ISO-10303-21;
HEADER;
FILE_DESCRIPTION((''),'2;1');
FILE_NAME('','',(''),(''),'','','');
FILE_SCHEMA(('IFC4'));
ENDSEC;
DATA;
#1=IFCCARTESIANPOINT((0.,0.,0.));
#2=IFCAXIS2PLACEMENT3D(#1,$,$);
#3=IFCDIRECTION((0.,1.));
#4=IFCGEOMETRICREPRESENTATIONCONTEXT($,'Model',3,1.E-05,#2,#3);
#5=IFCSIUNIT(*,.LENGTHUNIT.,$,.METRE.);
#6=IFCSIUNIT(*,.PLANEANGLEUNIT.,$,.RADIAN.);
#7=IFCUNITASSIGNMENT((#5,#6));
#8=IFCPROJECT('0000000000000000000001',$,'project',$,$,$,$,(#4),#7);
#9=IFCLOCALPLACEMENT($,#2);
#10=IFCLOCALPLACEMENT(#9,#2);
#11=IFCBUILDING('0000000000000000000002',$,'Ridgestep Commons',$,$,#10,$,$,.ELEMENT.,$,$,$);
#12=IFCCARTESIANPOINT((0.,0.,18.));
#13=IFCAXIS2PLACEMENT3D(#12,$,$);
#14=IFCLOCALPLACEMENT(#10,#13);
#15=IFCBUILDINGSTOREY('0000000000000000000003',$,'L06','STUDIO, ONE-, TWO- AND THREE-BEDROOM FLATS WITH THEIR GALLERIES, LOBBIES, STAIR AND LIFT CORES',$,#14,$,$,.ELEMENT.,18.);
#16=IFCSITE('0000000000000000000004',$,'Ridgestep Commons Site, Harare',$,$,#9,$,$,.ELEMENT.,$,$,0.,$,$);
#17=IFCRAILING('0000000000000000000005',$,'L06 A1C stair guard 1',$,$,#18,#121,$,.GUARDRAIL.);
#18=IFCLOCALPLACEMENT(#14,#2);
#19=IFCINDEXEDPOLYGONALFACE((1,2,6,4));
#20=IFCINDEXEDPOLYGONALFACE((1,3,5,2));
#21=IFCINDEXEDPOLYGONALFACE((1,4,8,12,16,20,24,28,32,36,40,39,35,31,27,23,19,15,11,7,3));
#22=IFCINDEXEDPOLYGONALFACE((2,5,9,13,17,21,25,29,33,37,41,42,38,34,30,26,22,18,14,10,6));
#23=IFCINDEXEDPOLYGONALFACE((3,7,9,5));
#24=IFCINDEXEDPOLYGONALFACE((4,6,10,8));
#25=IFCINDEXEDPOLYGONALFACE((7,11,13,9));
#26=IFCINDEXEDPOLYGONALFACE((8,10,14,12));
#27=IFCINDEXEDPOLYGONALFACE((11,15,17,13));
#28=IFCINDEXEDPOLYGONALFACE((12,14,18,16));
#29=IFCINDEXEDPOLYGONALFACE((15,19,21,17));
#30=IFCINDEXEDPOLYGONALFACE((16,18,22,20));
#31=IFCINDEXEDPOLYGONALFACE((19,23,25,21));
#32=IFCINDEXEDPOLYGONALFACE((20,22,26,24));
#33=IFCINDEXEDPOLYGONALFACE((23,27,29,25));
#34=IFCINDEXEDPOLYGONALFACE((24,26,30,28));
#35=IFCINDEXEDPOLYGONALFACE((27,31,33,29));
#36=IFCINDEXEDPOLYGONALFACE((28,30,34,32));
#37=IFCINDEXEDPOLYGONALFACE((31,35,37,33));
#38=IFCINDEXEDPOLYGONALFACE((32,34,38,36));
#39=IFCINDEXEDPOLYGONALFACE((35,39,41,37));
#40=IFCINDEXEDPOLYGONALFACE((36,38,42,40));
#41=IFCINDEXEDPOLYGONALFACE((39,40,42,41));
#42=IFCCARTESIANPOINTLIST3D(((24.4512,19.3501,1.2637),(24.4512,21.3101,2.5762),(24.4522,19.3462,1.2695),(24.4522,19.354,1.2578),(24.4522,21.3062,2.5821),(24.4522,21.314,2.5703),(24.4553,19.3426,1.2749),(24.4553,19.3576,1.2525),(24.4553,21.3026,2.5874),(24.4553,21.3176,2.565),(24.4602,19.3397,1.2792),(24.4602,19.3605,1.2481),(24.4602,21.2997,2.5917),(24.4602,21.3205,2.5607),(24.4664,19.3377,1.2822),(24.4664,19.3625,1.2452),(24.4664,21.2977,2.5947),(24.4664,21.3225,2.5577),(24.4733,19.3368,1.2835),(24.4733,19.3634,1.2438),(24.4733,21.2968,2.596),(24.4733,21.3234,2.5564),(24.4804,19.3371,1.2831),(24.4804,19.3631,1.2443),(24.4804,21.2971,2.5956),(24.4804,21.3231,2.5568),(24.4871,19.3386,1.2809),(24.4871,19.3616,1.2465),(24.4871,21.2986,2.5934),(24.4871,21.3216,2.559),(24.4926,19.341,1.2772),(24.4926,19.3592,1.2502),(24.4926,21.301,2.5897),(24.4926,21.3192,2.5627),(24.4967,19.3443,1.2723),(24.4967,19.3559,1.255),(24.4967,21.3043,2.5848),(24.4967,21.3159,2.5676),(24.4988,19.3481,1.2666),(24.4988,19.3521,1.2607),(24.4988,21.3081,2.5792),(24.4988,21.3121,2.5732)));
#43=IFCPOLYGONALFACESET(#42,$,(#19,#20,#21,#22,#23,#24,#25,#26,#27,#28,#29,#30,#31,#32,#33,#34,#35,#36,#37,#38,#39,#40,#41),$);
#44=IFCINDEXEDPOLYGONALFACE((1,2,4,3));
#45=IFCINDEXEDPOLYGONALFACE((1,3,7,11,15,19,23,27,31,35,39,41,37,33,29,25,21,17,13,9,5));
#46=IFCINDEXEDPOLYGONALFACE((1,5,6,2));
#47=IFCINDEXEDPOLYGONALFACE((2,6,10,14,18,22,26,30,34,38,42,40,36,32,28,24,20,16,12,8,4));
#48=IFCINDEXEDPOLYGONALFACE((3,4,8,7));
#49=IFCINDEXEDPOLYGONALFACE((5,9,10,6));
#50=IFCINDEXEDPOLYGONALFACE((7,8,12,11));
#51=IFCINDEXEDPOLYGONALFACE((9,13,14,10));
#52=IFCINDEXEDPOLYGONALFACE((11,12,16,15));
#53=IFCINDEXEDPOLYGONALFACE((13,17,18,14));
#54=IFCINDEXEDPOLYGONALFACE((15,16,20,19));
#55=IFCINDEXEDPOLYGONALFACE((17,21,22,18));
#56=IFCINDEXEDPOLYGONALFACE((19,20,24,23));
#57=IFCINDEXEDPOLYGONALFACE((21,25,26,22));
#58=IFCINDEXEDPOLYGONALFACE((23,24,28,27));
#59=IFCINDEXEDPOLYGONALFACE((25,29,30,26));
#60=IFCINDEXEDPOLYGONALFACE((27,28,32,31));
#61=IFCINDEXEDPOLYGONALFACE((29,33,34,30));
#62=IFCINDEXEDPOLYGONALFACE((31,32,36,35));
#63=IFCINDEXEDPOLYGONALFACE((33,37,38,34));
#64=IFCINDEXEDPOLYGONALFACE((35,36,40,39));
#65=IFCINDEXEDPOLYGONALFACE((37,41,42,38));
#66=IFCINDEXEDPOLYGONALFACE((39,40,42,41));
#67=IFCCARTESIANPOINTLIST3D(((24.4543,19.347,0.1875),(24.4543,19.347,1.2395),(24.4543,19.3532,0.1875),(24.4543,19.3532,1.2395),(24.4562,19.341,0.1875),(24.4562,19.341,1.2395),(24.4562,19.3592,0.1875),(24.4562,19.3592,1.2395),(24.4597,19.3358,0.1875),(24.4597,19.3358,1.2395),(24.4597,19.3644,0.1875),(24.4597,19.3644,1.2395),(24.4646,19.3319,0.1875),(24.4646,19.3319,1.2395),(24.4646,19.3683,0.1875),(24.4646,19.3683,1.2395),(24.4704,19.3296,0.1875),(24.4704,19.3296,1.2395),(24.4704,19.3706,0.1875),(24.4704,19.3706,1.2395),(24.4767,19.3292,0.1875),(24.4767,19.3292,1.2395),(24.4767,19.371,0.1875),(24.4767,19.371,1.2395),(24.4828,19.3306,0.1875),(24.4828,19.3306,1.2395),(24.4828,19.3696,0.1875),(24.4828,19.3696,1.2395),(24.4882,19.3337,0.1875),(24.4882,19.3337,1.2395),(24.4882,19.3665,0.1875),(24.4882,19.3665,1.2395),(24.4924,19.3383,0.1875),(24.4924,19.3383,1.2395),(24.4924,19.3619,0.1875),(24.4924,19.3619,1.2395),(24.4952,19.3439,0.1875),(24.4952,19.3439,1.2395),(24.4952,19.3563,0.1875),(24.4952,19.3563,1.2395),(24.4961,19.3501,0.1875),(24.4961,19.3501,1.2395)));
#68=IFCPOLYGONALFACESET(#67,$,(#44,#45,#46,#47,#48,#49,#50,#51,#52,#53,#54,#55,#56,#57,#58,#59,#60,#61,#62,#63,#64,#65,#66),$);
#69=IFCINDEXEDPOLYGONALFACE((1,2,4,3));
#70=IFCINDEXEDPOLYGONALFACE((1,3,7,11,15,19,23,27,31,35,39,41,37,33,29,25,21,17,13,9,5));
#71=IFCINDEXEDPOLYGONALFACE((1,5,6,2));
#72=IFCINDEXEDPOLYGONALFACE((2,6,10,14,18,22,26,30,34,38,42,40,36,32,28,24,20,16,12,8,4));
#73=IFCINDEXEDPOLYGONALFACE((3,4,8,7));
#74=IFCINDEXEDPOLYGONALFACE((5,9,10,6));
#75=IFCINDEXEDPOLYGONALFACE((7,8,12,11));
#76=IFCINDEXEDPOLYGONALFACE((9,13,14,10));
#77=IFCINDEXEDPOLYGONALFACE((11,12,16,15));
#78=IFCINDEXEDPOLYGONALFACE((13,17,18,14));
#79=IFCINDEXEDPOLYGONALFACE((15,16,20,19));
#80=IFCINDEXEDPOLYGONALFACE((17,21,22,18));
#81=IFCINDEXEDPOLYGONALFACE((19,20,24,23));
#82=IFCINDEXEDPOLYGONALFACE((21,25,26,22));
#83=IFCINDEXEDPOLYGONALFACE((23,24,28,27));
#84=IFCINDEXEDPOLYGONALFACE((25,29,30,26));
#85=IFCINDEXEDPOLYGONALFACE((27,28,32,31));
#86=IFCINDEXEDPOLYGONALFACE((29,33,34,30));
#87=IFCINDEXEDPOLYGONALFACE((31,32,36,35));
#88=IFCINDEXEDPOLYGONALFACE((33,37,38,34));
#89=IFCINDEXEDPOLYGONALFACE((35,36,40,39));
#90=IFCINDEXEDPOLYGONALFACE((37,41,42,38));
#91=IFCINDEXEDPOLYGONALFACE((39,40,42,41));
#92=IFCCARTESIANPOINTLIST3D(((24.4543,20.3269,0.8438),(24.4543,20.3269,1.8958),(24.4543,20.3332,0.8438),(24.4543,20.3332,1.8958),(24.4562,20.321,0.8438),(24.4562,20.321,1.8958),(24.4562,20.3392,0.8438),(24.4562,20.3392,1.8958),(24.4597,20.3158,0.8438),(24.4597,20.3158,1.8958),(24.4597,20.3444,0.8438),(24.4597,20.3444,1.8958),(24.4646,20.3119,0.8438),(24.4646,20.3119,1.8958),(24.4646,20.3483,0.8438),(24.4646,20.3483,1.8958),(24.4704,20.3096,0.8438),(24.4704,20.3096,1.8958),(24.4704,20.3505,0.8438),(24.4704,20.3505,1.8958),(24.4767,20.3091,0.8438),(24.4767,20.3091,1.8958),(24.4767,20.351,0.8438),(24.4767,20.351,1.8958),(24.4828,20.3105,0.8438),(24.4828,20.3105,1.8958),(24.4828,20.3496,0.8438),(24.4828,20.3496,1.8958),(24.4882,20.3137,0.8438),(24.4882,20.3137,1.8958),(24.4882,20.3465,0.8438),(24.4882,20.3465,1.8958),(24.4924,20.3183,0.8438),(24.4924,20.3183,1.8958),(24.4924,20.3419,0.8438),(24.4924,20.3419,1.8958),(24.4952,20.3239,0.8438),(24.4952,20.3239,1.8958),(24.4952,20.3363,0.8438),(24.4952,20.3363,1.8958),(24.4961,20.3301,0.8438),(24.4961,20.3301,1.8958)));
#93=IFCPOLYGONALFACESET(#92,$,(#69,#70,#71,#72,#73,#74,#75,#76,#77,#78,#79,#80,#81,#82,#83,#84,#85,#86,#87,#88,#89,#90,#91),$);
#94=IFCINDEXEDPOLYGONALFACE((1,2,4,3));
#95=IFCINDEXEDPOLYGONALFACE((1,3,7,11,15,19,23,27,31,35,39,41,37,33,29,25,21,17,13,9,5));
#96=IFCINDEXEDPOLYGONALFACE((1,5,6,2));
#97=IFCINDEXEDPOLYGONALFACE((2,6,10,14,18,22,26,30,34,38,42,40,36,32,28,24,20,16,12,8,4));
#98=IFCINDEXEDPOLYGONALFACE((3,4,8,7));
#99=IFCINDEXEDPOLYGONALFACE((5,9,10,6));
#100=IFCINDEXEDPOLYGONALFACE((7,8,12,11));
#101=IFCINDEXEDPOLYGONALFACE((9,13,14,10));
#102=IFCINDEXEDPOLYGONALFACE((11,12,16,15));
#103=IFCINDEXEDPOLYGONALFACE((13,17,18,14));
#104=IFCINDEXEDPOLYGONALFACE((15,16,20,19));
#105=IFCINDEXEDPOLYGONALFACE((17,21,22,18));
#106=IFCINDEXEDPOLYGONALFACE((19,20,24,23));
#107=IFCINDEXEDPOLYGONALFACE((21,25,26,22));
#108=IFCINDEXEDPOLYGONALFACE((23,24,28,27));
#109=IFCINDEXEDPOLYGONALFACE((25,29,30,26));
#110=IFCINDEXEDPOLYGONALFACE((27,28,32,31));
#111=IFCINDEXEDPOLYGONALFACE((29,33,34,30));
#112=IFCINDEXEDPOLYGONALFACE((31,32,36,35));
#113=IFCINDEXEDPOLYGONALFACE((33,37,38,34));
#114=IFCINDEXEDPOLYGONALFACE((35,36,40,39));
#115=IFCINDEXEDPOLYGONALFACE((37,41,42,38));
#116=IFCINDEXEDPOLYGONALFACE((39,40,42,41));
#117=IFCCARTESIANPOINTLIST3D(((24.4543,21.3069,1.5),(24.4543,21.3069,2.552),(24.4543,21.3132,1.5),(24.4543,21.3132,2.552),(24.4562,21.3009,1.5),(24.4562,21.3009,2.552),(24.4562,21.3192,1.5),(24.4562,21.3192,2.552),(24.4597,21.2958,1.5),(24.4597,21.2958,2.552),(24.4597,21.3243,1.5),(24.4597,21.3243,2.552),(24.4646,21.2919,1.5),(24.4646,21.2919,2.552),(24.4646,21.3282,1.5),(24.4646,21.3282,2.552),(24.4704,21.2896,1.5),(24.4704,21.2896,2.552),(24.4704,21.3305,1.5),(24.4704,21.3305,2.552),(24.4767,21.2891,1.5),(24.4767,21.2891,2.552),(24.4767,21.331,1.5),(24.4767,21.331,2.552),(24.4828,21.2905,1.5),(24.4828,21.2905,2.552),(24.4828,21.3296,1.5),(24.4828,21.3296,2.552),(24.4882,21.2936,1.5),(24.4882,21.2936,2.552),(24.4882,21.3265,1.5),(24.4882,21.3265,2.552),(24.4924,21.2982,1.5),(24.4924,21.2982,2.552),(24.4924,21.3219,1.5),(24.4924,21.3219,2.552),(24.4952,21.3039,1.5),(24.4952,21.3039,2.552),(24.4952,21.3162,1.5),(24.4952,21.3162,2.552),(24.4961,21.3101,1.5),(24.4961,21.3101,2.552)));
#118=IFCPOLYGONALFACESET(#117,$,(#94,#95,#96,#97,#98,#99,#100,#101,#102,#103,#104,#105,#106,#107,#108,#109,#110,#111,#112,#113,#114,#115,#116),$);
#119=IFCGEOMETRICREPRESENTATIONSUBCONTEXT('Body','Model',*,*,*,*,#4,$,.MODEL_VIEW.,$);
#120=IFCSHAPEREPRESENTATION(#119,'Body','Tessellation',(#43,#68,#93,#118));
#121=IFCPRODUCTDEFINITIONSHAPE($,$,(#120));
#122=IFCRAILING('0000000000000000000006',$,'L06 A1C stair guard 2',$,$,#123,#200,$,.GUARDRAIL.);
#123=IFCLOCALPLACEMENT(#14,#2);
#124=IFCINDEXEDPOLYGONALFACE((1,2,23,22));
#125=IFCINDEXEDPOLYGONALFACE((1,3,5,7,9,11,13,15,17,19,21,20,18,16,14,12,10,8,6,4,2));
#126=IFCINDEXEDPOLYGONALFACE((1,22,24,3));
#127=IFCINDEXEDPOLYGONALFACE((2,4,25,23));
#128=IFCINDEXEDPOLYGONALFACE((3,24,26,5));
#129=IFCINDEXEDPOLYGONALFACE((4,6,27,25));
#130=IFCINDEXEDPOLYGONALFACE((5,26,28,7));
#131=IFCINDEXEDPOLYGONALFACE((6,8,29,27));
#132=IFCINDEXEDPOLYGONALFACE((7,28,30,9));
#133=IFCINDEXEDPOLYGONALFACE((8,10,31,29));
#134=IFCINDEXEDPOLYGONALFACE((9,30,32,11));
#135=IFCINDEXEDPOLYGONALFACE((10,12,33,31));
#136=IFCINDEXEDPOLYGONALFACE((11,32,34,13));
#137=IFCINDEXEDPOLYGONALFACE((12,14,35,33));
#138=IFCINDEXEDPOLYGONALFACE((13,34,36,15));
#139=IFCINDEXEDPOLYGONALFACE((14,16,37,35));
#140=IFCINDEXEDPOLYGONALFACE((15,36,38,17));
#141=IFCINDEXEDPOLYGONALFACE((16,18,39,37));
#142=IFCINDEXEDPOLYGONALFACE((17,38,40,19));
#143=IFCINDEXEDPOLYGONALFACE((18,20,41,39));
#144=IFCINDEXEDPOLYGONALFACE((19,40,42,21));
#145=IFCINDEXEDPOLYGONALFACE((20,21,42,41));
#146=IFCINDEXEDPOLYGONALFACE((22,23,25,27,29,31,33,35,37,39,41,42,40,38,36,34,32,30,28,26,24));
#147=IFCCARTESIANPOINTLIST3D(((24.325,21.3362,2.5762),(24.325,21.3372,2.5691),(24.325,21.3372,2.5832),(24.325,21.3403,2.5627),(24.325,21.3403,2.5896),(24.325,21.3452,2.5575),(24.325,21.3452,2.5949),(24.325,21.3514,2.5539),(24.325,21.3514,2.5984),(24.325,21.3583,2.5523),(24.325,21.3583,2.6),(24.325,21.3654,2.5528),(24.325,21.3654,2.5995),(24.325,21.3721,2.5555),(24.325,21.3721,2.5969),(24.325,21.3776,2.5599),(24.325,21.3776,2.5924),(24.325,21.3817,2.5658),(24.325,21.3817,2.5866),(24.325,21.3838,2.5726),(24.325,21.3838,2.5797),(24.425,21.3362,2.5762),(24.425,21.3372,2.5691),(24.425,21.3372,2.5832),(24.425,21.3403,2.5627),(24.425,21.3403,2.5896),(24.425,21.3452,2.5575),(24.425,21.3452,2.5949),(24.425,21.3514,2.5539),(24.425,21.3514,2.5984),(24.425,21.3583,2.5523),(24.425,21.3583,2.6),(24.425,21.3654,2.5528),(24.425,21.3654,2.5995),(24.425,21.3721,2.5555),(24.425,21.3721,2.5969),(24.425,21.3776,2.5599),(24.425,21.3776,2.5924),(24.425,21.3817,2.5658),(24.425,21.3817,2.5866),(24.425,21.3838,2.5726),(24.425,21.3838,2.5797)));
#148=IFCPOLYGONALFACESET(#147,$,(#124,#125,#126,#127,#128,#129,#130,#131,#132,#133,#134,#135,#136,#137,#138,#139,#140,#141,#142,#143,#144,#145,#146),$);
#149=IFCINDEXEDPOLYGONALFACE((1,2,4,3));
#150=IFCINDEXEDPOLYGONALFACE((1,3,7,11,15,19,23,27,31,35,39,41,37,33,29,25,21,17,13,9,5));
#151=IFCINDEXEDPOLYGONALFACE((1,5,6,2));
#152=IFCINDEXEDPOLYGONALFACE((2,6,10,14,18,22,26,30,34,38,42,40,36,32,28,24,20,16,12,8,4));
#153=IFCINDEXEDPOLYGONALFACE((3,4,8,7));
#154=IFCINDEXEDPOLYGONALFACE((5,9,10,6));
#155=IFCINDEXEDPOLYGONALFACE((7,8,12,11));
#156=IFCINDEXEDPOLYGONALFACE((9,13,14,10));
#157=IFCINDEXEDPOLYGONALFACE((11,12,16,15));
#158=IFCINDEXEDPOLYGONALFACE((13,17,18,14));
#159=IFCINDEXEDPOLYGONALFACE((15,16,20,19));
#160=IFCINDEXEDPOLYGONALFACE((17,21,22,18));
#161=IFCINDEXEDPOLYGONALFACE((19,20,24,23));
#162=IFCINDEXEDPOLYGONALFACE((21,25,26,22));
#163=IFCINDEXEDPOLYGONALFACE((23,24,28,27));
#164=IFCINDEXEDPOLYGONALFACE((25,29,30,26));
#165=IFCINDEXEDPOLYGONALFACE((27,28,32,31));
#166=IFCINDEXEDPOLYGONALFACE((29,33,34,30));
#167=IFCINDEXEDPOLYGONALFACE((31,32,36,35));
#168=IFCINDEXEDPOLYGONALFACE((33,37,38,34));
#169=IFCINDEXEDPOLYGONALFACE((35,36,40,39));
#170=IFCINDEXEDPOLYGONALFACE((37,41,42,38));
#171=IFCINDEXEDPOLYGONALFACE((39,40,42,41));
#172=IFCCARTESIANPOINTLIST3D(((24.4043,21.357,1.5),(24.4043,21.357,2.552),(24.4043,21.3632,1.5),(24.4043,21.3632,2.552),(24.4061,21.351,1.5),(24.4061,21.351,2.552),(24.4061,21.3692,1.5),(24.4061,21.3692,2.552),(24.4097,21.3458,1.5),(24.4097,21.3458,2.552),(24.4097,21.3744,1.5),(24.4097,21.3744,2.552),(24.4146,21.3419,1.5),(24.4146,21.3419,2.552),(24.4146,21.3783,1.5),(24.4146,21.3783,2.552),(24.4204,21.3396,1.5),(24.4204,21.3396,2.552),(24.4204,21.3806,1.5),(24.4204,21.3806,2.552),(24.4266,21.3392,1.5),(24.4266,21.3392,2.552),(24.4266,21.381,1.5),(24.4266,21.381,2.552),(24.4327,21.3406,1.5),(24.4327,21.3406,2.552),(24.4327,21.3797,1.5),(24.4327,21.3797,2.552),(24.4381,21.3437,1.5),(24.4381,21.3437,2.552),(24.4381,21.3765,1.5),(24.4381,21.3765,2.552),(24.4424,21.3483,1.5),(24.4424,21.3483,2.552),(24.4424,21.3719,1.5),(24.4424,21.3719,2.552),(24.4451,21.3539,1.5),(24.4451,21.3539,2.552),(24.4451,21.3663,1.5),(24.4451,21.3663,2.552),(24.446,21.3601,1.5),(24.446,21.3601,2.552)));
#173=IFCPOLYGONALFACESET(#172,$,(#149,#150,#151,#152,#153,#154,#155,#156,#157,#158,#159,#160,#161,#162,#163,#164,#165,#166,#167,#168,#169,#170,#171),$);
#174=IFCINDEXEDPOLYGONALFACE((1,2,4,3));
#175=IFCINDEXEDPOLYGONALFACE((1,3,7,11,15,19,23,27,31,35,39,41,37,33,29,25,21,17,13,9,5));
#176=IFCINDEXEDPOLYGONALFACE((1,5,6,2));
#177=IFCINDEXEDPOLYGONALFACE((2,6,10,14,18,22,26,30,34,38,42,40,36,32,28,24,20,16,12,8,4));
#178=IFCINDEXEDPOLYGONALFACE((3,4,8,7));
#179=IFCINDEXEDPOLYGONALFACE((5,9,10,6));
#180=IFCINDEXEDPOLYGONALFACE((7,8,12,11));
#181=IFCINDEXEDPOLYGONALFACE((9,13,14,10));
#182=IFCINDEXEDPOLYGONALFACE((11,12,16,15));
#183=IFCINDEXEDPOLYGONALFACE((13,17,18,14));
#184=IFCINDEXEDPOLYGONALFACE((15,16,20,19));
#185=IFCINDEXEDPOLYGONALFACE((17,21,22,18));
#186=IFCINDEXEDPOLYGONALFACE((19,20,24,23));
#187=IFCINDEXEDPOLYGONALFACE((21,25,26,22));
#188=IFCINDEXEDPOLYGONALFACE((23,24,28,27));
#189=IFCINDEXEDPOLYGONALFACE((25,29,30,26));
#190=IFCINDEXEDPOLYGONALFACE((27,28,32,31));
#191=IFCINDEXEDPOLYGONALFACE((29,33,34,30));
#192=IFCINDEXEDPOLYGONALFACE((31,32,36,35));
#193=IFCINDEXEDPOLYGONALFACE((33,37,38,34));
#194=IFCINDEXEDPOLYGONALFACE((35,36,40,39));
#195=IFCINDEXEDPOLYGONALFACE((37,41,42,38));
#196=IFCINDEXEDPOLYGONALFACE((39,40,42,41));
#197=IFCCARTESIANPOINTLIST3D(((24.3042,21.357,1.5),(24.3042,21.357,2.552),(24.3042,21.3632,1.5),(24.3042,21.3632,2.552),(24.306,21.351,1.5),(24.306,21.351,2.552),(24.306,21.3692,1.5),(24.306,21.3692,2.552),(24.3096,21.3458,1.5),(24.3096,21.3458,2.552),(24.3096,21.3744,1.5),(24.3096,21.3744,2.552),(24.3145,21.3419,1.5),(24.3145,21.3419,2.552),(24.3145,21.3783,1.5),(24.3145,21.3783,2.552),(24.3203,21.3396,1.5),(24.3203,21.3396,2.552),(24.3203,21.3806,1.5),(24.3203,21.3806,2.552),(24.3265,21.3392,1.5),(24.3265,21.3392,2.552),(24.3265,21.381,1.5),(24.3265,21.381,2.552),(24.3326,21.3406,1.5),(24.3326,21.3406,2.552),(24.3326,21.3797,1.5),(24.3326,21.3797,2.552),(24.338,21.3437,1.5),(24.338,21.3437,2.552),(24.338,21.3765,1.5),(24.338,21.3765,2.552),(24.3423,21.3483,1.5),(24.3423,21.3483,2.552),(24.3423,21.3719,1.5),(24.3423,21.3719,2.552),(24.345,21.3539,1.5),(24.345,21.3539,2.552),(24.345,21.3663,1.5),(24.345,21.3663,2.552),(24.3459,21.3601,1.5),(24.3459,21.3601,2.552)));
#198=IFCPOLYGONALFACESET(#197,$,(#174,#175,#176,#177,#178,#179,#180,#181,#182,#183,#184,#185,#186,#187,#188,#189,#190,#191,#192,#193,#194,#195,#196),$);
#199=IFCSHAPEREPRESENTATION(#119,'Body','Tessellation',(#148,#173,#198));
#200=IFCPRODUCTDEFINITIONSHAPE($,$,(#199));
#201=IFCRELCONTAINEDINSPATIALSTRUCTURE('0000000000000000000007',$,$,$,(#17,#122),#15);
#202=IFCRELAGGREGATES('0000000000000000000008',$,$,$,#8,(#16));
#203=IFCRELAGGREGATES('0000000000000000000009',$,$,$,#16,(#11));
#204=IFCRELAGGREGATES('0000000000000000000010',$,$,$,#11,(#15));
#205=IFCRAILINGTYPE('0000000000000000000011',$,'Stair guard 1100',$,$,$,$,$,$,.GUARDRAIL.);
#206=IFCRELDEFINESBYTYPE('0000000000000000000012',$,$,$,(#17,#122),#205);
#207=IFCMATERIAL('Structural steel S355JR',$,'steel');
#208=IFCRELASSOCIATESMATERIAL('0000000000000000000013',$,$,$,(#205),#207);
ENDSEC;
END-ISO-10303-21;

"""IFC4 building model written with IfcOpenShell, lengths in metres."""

from ifc_helpers import new_model, si_unit, direction, frame, origin, origin_2d, place, context, subcontext, project, spatial, circle, extrude, material, type_object, element, save


model = new_model("IFC4")

# Units and contexts
model_context = context("Model", 3, precision=1e-05, world=origin(), true_north=direction((0.0, 1.0)))
body_context = subcontext(model_context, "Body", "Model", "MODEL_VIEW")
ifc_project = project(units=[si_unit("LENGTHUNIT", "METRE"), si_unit("PLANEANGLEUNIT", "RADIAN")], contexts=[model_context])

# Site, building, storey
site_placement = place(None, origin())
site = spatial("IfcSite", under=ifc_project, at=site_placement, Name="Ridgestep Commons Site, Harare", CompositionType="ELEMENT", RefElevation=0.0)
building_placement = place(site_placement, origin())
building = spatial("IfcBuilding", under=site, at=building_placement, Name="Ridgestep Commons", CompositionType="ELEMENT")
storey_placement = place(building_placement, frame((0.0, 0.0, 18.0)))
storey = spatial("IfcBuildingStorey", under=building, at=storey_placement, Name="L06", Description="STUDIO, ONE-, TWO- AND THREE-BEDROOM FLATS WITH THEIR GALLERIES, LOBBIES, STAIR AND LIFT CORES", CompositionType="ELEMENT", Elevation=18.0)

# Railings
ifc_material_1 = material(Name="Structural steel S355JR", Category="steel")
railing_type_1 = type_object("IfcRailingType", Name="Stair guard 1100", PredefinedType="GUARDRAIL", material=ifc_material_1)
railing_1_placement = place(storey_placement, frame((24.4751, 19.3501, 0.1875)))
element("IfcRailing", 1, at=railing_1_placement, inside=storey, type_object=railing_type_1, Name="L06 A1C stair guard 1", PredefinedType="GUARDRAIL", context=body_context, shape_type="SweptSolid", body=[
    extrude(circle(Radius=0.0239, at=origin_2d()), frame((0.0, 0.0, 1.0762), z_axis=(0.0, 0.830902, 0.556419), x_axis=(-1.0, 0.0, 0.0)), (0.0, 0.0, 1.0), 2.3589),
    extrude(circle(Radius=0.021, at=origin_2d()), origin(), (0.0, 0.0, 1.0), 1.052),
    extrude(circle(Radius=0.021, at=origin_2d()), frame((0.0, 0.98, 0.6562)), (0.0, 0.0, 1.0), 1.052),
    extrude(circle(Radius=0.021, at=origin_2d()), frame((0.0, 1.96, 1.3125)), (0.0, 0.0, 1.0), 1.052),
])
railing_2_placement = place(storey_placement, frame((24.425, 21.3601, 1.5)))
element("IfcRailing", 2, at=railing_2_placement, inside=storey, type_object=railing_type_1, Name="L06 A1C stair guard 2", PredefinedType="GUARDRAIL", context=body_context, shape_type="SweptSolid", body=[
    extrude(circle(Radius=0.0239, at=origin_2d()), frame((0.0, 0.0, 1.0762), z_axis=(-1.0, 0.0, 0.0), x_axis=(0.0, -1.0, 0.0)), (0.0, 0.0, 1.0), 0.1001),
    extrude(circle(Radius=0.021, at=origin_2d()), origin(), (0.0, 0.0, 1.0), 1.052),
    extrude(circle(Radius=0.021, at=origin_2d()), frame((-0.1001, 0.0, 0.0)), (0.0, 0.0, 1.0), 1.052),
])

save(model, "model.ifc")
